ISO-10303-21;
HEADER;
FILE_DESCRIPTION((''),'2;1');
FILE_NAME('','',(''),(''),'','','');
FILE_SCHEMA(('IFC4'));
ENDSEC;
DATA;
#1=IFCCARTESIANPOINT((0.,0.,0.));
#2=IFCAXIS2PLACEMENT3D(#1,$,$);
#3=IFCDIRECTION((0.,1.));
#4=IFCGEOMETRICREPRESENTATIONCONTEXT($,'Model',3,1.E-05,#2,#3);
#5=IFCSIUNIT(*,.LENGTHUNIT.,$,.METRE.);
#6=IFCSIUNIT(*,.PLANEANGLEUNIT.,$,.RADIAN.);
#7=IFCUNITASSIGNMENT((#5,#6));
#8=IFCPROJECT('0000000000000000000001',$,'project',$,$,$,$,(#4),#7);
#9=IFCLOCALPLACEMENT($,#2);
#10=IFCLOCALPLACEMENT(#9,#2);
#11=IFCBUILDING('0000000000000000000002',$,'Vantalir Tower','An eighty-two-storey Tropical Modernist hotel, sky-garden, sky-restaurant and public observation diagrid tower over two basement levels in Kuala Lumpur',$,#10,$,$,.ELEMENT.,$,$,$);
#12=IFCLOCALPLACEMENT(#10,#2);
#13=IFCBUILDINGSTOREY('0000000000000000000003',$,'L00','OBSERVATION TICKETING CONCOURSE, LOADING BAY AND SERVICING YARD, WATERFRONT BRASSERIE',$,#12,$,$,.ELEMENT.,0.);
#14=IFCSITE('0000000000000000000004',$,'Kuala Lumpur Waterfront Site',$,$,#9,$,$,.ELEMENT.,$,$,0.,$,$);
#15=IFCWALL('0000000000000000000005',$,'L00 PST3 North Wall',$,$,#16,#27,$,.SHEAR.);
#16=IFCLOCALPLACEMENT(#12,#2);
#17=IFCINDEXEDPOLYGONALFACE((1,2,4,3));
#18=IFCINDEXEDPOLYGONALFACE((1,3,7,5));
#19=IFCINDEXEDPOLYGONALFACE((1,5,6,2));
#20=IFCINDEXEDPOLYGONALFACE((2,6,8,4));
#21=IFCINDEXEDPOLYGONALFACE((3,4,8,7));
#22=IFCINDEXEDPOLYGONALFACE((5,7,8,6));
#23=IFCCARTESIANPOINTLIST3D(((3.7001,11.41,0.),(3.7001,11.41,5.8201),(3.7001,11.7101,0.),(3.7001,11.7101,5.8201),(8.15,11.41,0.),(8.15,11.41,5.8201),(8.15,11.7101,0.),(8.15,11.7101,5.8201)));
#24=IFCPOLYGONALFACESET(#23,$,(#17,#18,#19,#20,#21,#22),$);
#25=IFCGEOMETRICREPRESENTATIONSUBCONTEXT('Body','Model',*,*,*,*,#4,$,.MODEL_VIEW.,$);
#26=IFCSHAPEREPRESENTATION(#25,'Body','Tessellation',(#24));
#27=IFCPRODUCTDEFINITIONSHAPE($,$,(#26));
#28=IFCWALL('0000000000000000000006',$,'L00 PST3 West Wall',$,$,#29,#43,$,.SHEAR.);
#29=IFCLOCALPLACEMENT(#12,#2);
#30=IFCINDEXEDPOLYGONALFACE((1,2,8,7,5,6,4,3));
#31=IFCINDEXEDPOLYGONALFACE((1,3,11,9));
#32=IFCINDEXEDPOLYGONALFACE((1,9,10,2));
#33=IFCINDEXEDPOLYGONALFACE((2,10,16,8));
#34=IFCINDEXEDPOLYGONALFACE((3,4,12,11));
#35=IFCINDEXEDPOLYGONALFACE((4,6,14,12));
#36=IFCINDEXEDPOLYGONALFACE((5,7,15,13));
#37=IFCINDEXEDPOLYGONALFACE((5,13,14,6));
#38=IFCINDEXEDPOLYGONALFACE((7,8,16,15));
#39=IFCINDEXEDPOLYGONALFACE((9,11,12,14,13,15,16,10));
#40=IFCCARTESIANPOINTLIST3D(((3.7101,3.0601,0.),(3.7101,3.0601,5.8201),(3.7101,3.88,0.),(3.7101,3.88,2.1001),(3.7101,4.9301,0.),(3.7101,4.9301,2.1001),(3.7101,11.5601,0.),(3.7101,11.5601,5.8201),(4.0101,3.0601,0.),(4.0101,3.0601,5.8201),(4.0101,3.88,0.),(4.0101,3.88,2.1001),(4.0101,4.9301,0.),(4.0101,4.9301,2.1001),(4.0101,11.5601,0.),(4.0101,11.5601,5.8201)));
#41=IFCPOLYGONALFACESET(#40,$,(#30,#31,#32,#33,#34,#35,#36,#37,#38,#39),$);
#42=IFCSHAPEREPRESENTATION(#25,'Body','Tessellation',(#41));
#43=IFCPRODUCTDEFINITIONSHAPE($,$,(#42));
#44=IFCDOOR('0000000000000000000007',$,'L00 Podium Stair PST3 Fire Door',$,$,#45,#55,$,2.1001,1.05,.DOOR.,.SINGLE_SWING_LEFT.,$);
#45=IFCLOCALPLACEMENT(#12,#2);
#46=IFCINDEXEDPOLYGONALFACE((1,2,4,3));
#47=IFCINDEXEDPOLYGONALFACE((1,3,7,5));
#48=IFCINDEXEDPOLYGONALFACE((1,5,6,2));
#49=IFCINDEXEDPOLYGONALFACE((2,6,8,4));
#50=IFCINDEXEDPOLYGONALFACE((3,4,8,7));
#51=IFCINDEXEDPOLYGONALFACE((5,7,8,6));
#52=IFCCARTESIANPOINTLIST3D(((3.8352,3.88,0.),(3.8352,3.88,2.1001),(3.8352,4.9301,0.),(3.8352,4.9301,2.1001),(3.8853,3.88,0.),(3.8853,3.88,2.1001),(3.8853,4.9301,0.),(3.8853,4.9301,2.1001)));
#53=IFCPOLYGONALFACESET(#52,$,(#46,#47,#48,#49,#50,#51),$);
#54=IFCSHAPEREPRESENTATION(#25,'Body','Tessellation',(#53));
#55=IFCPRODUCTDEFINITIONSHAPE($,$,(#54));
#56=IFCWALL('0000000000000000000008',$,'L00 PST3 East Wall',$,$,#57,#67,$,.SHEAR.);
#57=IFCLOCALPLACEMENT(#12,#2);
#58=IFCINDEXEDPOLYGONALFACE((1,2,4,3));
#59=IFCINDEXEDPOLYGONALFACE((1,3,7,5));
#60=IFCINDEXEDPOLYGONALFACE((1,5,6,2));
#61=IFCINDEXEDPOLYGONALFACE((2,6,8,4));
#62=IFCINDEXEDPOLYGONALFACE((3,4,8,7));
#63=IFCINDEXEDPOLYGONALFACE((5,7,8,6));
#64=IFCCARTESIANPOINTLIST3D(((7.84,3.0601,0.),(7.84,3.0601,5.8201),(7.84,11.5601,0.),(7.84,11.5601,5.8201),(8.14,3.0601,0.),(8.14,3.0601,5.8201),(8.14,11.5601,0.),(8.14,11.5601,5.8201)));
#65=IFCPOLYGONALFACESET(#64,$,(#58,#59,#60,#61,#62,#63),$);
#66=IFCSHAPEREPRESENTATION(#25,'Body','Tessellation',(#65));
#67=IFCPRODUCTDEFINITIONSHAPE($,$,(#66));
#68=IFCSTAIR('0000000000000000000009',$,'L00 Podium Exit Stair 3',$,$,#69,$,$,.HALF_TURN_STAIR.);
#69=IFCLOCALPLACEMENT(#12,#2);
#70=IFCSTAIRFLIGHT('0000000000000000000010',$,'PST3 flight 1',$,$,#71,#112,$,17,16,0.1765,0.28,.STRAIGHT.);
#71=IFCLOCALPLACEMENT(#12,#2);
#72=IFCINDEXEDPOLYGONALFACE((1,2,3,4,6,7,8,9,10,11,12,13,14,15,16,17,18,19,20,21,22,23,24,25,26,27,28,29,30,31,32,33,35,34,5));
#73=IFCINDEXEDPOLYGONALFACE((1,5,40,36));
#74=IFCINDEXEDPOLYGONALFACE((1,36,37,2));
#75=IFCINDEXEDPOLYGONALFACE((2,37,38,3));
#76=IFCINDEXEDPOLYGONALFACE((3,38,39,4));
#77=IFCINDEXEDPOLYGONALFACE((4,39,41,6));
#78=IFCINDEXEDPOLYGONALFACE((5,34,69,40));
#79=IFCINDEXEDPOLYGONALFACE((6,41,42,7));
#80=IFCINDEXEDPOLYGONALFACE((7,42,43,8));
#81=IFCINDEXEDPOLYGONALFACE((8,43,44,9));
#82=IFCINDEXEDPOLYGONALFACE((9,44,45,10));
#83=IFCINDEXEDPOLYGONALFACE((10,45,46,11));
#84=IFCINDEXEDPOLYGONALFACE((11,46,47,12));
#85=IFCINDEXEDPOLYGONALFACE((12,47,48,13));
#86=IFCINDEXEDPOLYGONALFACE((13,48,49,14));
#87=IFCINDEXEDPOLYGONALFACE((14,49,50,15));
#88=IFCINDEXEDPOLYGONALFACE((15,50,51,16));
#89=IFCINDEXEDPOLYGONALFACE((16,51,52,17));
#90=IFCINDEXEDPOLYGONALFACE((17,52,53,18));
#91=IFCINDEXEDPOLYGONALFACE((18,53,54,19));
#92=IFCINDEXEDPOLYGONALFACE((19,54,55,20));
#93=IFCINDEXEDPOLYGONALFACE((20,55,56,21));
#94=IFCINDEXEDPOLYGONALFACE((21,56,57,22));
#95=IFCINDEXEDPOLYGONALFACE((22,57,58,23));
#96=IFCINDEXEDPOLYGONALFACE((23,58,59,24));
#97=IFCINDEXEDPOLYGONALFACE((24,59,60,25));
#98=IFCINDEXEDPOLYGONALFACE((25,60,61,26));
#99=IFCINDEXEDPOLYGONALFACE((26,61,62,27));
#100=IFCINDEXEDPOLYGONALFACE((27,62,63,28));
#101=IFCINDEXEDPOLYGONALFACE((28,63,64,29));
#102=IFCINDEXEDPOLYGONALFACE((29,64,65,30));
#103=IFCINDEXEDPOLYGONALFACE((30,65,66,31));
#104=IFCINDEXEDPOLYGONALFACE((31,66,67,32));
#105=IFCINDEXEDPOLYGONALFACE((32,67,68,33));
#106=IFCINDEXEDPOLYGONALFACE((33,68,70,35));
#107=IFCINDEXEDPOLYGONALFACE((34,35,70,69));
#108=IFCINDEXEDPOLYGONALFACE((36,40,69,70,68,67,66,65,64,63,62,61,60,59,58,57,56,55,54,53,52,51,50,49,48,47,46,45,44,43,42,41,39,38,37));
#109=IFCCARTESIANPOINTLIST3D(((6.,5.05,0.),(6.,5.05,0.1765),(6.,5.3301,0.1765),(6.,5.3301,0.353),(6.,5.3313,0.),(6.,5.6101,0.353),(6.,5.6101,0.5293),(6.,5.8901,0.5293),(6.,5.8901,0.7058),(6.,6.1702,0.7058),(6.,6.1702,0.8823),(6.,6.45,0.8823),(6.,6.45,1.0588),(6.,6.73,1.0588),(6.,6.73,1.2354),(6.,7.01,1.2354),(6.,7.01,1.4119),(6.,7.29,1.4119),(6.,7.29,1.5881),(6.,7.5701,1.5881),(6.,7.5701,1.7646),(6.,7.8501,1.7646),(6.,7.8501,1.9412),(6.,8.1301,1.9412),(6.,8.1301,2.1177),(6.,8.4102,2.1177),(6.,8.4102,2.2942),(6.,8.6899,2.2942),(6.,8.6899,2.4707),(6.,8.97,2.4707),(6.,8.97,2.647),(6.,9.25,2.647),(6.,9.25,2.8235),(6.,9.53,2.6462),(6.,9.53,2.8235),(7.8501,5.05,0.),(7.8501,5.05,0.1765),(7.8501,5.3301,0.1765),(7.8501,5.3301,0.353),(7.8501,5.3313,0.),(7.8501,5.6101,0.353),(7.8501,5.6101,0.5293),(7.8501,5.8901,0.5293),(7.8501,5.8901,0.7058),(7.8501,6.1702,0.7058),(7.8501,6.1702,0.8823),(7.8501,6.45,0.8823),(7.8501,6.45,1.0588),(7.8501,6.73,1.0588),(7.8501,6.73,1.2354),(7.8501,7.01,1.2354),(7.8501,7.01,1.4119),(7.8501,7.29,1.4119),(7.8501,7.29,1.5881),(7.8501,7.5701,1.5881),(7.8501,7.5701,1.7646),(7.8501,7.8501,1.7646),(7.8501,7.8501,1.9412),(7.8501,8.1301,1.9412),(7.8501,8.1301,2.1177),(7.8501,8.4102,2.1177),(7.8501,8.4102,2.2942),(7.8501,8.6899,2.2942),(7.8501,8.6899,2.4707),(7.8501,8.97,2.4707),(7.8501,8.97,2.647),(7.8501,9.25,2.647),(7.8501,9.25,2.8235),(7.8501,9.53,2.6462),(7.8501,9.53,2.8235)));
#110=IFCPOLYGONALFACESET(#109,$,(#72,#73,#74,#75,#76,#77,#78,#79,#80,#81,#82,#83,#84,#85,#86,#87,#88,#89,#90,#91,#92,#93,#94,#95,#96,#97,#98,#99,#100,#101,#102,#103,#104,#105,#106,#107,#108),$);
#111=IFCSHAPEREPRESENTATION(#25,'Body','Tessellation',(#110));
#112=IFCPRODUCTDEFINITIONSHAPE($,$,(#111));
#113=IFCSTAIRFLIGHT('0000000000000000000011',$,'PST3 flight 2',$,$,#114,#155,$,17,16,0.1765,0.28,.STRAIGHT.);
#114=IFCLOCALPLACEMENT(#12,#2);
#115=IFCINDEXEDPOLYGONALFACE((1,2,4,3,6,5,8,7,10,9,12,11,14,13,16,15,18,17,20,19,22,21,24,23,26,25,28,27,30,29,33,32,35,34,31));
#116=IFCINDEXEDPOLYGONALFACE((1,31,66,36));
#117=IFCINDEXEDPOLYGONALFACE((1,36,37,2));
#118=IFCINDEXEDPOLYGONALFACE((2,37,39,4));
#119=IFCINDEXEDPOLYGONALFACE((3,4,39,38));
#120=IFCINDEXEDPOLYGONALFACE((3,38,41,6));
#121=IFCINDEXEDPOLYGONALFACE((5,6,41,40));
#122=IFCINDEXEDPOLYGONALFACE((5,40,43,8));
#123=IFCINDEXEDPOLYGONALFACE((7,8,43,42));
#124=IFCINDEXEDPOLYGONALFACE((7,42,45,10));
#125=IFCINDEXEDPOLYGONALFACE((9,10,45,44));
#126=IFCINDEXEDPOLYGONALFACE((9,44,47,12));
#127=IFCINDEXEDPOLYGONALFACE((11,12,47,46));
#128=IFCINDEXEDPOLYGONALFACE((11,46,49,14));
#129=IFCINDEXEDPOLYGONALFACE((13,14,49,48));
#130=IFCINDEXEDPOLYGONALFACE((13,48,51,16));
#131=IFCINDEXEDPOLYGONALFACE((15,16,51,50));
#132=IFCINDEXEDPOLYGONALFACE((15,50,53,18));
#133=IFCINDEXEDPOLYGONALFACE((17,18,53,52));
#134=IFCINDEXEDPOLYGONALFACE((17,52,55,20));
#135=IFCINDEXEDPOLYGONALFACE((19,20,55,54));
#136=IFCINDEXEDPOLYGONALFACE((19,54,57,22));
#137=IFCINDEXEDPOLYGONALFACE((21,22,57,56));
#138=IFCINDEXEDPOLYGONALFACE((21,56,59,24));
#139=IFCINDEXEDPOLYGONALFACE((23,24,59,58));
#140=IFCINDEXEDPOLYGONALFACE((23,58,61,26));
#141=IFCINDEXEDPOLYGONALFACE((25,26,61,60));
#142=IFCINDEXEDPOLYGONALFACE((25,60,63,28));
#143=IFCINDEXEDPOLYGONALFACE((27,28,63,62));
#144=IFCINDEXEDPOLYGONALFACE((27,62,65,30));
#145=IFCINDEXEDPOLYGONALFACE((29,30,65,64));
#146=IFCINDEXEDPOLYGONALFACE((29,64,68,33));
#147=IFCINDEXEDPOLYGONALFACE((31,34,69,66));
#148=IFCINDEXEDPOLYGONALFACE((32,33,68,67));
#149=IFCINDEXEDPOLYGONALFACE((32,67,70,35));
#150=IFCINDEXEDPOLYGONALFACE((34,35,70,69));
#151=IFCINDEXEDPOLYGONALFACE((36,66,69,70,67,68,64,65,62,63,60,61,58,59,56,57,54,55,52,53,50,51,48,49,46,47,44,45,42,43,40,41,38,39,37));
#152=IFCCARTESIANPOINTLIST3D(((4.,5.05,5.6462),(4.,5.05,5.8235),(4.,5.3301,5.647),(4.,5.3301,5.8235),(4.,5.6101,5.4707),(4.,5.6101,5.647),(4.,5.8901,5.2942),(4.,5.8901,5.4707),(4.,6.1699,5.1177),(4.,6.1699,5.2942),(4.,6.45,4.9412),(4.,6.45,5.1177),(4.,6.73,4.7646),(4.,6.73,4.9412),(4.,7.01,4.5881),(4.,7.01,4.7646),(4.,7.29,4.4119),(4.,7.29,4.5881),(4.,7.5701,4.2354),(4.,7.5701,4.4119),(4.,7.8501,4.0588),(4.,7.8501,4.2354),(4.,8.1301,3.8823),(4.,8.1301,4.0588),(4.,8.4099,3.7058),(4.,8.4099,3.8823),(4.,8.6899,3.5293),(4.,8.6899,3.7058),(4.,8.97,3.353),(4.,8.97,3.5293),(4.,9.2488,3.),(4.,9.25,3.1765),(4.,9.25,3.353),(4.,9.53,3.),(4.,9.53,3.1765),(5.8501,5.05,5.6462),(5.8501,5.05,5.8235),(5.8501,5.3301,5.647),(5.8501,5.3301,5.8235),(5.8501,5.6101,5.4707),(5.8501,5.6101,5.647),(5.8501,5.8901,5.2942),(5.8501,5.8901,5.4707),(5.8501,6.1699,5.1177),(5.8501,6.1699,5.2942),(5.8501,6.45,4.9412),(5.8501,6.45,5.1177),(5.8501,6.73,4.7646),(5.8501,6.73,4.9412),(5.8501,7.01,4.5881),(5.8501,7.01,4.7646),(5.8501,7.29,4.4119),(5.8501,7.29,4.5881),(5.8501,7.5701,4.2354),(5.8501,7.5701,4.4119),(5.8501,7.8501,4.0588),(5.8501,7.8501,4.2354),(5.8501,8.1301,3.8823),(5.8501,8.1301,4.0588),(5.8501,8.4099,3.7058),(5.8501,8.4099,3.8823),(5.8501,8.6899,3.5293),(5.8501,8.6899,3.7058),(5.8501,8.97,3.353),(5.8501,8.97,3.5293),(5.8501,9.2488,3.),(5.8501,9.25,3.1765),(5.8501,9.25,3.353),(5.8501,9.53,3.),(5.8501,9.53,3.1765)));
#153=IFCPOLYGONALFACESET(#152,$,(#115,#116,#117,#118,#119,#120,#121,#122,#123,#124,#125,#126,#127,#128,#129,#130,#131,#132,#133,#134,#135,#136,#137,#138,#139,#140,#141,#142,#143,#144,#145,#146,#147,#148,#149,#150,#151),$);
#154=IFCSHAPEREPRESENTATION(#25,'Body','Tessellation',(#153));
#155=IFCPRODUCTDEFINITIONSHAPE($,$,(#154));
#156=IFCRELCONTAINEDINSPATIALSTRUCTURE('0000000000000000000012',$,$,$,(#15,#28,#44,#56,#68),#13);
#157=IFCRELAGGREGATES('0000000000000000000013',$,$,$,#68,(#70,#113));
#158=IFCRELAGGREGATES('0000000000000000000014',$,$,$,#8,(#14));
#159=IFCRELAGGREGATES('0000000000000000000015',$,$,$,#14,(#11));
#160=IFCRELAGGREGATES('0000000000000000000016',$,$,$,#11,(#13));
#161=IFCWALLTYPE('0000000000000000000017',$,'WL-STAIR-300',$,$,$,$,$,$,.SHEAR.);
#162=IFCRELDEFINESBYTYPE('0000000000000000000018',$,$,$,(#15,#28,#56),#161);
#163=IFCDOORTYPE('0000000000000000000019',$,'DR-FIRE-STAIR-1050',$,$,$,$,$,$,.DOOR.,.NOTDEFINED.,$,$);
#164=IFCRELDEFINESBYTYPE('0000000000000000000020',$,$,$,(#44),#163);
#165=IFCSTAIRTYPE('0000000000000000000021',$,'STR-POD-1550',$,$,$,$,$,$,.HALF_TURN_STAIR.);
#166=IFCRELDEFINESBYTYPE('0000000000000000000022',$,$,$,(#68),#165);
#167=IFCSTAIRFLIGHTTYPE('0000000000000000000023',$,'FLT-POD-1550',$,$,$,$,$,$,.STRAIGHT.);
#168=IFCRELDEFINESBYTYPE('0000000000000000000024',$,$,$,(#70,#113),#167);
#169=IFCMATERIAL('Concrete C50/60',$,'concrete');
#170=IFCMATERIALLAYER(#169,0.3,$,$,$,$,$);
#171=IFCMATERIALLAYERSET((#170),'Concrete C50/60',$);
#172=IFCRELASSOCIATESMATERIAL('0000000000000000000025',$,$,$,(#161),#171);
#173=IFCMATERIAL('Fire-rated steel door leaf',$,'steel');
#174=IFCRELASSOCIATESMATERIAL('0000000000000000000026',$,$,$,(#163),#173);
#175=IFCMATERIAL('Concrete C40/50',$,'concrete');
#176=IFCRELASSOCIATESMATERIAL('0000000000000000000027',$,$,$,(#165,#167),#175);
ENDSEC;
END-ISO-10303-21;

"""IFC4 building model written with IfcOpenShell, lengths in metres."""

from ifc_helpers import new_model, si_unit, direction, frame, frame_2d, origin, place, context, subcontext, project, spatial, polyline, rectangle, outline, extrude, material, layer, layer_set, type_object, element, fill, aggregate, save


model = new_model("IFC4")

# Units and contexts
model_context = context("Model", 3, precision=1e-05, world=origin(), true_north=direction((0.0, 1.0)))
body_context = subcontext(model_context, "Body", "Model", "MODEL_VIEW")
ifc_project = project(units=[si_unit("LENGTHUNIT", "METRE"), si_unit("PLANEANGLEUNIT", "RADIAN")], contexts=[model_context])

# Site, building, storey
site_placement = place(None, origin())
site = spatial("IfcSite", under=ifc_project, at=site_placement, Name="Kuala Lumpur Waterfront Site", CompositionType="ELEMENT", RefElevation=0.0)
building_placement = place(site_placement, origin())
building = spatial("IfcBuilding", under=site, at=building_placement, Name="Vantalir Tower", Description="An eighty-two-storey Tropical Modernist hotel, sky-garden, sky-restaurant and public observation diagrid tower over two basement levels in Kuala Lumpur", CompositionType="ELEMENT")
storey_placement = place(building_placement, origin())
storey = spatial("IfcBuildingStorey", under=building, at=storey_placement, Name="L00", Description="OBSERVATION TICKETING CONCOURSE, LOADING BAY AND SERVICING YARD, WATERFRONT BRASSERIE", CompositionType="ELEMENT", Elevation=0.0)

# Shared definitions
ifc_material_1 = material(Name="Concrete C50/60", Category="concrete")

# Wall
ifc_layer_1 = layer(ifc_material_1, 0.3)
ifc_layer_set_1 = layer_set([ifc_layer_1], Name="Concrete C50/60")
wall_type_1 = type_object("IfcWallType", Name="WL-STAIR-300", PredefinedType="SHEAR", material=ifc_layer_set_1)
for number, where, z_axis, x_axis, name in (
    (1, (3.7, 11.5601, 0.0), (0.0, 0.0, 1.0), (1.0, 0.0, 0.0), "L00 PST3 North Wall"),
):
    element("IfcWall", number, at=place(storey_placement, frame(where, z_axis=z_axis, x_axis=x_axis)), inside=storey, type_object=wall_type_1, Name=name, PredefinedType="SHEAR", context=body_context, shape_type="SweptSolid", body=[
        extrude(rectangle(XDim=4.45, YDim=0.3, at=frame_2d((2.2251, 0.0))), origin(), (0.0, 0.0, 1.0), 5.8201),
    ])

# Wall, opening, door
wall_1_placement = place(storey_placement, frame((3.8601, 3.0601, 0.0), z_axis=(0.0, 0.0, 1.0), x_axis=(0.0, 1.0, 0.0)))
wall_1 = element("IfcWall", 2, at=wall_1_placement, inside=storey, type_object=wall_type_1, Name="L00 PST3 West Wall", PredefinedType="SHEAR", context=body_context, shape_type="SweptSolid", body=[
    extrude(rectangle(XDim=8.5, YDim=0.3, at=frame_2d((4.25, 0.0))), origin(), (0.0, 0.0, 1.0), 5.8201),
])
opening_placement = place(wall_1_placement, frame((0.8201, 0.0, 0.0)))
opening = element("IfcOpeningElement", 3, at=opening_placement, cuts=wall_1, PredefinedType="OPENING", context=body_context, shape_type="SweptSolid", body=[
    extrude(rectangle(XDim=1.05, YDim=2.1001, at=frame_2d((0.5249, 1.05))), frame((0.0, 0.1599, 0.0), z_axis=(0.0, -1.0, 0.0), x_axis=(1.0, 0.0, 0.0)), (0.0, 0.0, 1.0), 0.3201),
])
ifc_material_2 = material(Name="Fire-rated steel door leaf", Category="steel")
door_type = type_object("IfcDoorType", Name="DR-FIRE-STAIR-1050", OperationType="NOTDEFINED", PredefinedType="DOOR", material=ifc_material_2)
door_placement = place(opening_placement, origin())
door = element("IfcDoor", 4, at=door_placement, inside=storey, type_object=door_type, Name="L00 Podium Stair PST3 Fire Door", OperationType="SINGLE_SWING_LEFT", OverallHeight=2.1001, OverallWidth=1.05, PredefinedType="DOOR", context=body_context, shape_type="SweptSolid", body=[
    extrude(rectangle(XDim=1.05, YDim=2.1001, at=frame_2d((0.5249, 1.05))), frame((0.0, 0.0249, 0.0), z_axis=(0.0, -1.0, 0.0), x_axis=(1.0, 0.0, 0.0)), (0.0, 0.0, 1.0), 0.05),
])
fill(opening, door)

# Wall
wall_2_placement = place(storey_placement, frame((7.99, 3.0601, 0.0), z_axis=(0.0, 0.0, 1.0), x_axis=(0.0, 1.0, 0.0)))
element("IfcWall", 5, at=wall_2_placement, inside=storey, type_object=wall_type_1, Name="L00 PST3 East Wall", PredefinedType="SHEAR", context=body_context, shape_type="SweptSolid", body=[
    extrude(rectangle(XDim=8.5, YDim=0.3, at=frame_2d((4.25, 0.0))), origin(), (0.0, 0.0, 1.0), 5.8201),
])

# Stair, stair flights
ifc_material_3 = material(Name="Concrete C40/50", Category="concrete")
stair_type = type_object("IfcStairType", Name="STR-POD-1550", PredefinedType="HALF_TURN_STAIR", material=ifc_material_3)
stair_placement = place(storey_placement, origin())
stair = element("IfcStair", 6, at=stair_placement, inside=storey, type_object=stair_type, Name="L00 Podium Exit Stair 3", PredefinedType="HALF_TURN_STAIR")
stair_flight_type = type_object("IfcStairFlightType", Name="FLT-POD-1550", PredefinedType="STRAIGHT", material=ifc_material_3)
stair_flight_1_placement = place(storey_placement, frame((6.925, 5.05, 0.0), z_axis=(0.0, 0.0, 1.0), x_axis=(0.0, 1.0, 0.0)))
stair_flight_1 = element("IfcStairFlight", 7, at=stair_flight_1_placement, type_object=stair_flight_type, Name="PST3 flight 1", NumberOfRisers=17, NumberOfTreads=16, PredefinedType="STRAIGHT", RiserHeight=0.1765, TreadLength=0.28, context=body_context, shape_type="SweptSolid", body=[
    extrude(outline(polyline([(0.0, 0.0), (0.0, 0.1765), (0.28, 0.1765), (0.28, 0.353), (0.5601, 0.353), (0.5601, 0.5293), (0.8401, 0.5293), (0.8401, 0.7058), (1.1201, 0.7058), (1.1201, 0.8823), (1.3999, 0.8823), (1.3999, 1.0588), (1.6799, 1.0588), (1.6799, 1.2354), (1.96, 1.2354), (1.96, 1.4119), (2.24, 1.4119), (2.24, 1.5881), (2.52, 1.5881), (2.52, 1.7646), (2.8, 1.7646), (2.8, 1.9412), (3.0801, 1.9412), (3.0801, 2.1177), (3.3601, 2.1177), (3.3601, 2.2942), (3.6399, 2.2942), (3.6399, 2.4707), (3.9199, 2.4707), (3.9199, 2.647), (4.2, 2.647), (4.2, 2.8235), (4.48, 2.8235), (4.48, 3.0), (4.48, 2.6462), (0.2812, 0.0), (0.0, 0.0)])), frame((0.0, 0.925, 0.0), z_axis=(0.0, -1.0, 0.0), x_axis=(1.0, 0.0, 0.0)), (0.0, 0.0, 1.0), 1.8501),
])
stair_flight_2_placement = place(storey_placement, frame((4.925, 9.53, 3.0), z_axis=(0.0, 0.0, 1.0), x_axis=(0.0, -1.0, 0.0)))
stair_flight_2 = element("IfcStairFlight", 8, at=stair_flight_2_placement, type_object=stair_flight_type, Name="PST3 flight 2", NumberOfRisers=17, NumberOfTreads=16, PredefinedType="STRAIGHT", RiserHeight=0.1765, TreadLength=0.28, context=body_context, shape_type="SweptSolid", body=[
    extrude(outline(polyline([(0.0, 0.0), (0.0, 0.1765), (0.28, 0.1765), (0.28, 0.353), (0.5601, 0.353), (0.5601, 0.5293), (0.8401, 0.5293), (0.8401, 0.7058), (1.1201, 0.7058), (1.1201, 0.8823), (1.3999, 0.8823), (1.3999, 1.0588), (1.6799, 1.0588), (1.6799, 1.2354), (1.96, 1.2354), (1.96, 1.4119), (2.24, 1.4119), (2.24, 1.5881), (2.52, 1.5881), (2.52, 1.7646), (2.8, 1.7646), (2.8, 1.9412), (3.0801, 1.9412), (3.0801, 2.1177), (3.3601, 2.1177), (3.3601, 2.2942), (3.6399, 2.2942), (3.6399, 2.4707), (3.9199, 2.4707), (3.9199, 2.647), (4.2, 2.647), (4.2, 2.8235), (4.48, 2.8235), (4.48, 3.0), (4.48, 2.6462), (0.2812, 0.0), (0.0, 0.0)])), frame((0.0, 0.925, 0.0), z_axis=(0.0, -1.0, 0.0), x_axis=(1.0, 0.0, 0.0)), (0.0, 0.0, 1.0), 1.8501),
])
aggregate(stair, [stair_flight_1, stair_flight_2])

save(model, "model.ifc")
